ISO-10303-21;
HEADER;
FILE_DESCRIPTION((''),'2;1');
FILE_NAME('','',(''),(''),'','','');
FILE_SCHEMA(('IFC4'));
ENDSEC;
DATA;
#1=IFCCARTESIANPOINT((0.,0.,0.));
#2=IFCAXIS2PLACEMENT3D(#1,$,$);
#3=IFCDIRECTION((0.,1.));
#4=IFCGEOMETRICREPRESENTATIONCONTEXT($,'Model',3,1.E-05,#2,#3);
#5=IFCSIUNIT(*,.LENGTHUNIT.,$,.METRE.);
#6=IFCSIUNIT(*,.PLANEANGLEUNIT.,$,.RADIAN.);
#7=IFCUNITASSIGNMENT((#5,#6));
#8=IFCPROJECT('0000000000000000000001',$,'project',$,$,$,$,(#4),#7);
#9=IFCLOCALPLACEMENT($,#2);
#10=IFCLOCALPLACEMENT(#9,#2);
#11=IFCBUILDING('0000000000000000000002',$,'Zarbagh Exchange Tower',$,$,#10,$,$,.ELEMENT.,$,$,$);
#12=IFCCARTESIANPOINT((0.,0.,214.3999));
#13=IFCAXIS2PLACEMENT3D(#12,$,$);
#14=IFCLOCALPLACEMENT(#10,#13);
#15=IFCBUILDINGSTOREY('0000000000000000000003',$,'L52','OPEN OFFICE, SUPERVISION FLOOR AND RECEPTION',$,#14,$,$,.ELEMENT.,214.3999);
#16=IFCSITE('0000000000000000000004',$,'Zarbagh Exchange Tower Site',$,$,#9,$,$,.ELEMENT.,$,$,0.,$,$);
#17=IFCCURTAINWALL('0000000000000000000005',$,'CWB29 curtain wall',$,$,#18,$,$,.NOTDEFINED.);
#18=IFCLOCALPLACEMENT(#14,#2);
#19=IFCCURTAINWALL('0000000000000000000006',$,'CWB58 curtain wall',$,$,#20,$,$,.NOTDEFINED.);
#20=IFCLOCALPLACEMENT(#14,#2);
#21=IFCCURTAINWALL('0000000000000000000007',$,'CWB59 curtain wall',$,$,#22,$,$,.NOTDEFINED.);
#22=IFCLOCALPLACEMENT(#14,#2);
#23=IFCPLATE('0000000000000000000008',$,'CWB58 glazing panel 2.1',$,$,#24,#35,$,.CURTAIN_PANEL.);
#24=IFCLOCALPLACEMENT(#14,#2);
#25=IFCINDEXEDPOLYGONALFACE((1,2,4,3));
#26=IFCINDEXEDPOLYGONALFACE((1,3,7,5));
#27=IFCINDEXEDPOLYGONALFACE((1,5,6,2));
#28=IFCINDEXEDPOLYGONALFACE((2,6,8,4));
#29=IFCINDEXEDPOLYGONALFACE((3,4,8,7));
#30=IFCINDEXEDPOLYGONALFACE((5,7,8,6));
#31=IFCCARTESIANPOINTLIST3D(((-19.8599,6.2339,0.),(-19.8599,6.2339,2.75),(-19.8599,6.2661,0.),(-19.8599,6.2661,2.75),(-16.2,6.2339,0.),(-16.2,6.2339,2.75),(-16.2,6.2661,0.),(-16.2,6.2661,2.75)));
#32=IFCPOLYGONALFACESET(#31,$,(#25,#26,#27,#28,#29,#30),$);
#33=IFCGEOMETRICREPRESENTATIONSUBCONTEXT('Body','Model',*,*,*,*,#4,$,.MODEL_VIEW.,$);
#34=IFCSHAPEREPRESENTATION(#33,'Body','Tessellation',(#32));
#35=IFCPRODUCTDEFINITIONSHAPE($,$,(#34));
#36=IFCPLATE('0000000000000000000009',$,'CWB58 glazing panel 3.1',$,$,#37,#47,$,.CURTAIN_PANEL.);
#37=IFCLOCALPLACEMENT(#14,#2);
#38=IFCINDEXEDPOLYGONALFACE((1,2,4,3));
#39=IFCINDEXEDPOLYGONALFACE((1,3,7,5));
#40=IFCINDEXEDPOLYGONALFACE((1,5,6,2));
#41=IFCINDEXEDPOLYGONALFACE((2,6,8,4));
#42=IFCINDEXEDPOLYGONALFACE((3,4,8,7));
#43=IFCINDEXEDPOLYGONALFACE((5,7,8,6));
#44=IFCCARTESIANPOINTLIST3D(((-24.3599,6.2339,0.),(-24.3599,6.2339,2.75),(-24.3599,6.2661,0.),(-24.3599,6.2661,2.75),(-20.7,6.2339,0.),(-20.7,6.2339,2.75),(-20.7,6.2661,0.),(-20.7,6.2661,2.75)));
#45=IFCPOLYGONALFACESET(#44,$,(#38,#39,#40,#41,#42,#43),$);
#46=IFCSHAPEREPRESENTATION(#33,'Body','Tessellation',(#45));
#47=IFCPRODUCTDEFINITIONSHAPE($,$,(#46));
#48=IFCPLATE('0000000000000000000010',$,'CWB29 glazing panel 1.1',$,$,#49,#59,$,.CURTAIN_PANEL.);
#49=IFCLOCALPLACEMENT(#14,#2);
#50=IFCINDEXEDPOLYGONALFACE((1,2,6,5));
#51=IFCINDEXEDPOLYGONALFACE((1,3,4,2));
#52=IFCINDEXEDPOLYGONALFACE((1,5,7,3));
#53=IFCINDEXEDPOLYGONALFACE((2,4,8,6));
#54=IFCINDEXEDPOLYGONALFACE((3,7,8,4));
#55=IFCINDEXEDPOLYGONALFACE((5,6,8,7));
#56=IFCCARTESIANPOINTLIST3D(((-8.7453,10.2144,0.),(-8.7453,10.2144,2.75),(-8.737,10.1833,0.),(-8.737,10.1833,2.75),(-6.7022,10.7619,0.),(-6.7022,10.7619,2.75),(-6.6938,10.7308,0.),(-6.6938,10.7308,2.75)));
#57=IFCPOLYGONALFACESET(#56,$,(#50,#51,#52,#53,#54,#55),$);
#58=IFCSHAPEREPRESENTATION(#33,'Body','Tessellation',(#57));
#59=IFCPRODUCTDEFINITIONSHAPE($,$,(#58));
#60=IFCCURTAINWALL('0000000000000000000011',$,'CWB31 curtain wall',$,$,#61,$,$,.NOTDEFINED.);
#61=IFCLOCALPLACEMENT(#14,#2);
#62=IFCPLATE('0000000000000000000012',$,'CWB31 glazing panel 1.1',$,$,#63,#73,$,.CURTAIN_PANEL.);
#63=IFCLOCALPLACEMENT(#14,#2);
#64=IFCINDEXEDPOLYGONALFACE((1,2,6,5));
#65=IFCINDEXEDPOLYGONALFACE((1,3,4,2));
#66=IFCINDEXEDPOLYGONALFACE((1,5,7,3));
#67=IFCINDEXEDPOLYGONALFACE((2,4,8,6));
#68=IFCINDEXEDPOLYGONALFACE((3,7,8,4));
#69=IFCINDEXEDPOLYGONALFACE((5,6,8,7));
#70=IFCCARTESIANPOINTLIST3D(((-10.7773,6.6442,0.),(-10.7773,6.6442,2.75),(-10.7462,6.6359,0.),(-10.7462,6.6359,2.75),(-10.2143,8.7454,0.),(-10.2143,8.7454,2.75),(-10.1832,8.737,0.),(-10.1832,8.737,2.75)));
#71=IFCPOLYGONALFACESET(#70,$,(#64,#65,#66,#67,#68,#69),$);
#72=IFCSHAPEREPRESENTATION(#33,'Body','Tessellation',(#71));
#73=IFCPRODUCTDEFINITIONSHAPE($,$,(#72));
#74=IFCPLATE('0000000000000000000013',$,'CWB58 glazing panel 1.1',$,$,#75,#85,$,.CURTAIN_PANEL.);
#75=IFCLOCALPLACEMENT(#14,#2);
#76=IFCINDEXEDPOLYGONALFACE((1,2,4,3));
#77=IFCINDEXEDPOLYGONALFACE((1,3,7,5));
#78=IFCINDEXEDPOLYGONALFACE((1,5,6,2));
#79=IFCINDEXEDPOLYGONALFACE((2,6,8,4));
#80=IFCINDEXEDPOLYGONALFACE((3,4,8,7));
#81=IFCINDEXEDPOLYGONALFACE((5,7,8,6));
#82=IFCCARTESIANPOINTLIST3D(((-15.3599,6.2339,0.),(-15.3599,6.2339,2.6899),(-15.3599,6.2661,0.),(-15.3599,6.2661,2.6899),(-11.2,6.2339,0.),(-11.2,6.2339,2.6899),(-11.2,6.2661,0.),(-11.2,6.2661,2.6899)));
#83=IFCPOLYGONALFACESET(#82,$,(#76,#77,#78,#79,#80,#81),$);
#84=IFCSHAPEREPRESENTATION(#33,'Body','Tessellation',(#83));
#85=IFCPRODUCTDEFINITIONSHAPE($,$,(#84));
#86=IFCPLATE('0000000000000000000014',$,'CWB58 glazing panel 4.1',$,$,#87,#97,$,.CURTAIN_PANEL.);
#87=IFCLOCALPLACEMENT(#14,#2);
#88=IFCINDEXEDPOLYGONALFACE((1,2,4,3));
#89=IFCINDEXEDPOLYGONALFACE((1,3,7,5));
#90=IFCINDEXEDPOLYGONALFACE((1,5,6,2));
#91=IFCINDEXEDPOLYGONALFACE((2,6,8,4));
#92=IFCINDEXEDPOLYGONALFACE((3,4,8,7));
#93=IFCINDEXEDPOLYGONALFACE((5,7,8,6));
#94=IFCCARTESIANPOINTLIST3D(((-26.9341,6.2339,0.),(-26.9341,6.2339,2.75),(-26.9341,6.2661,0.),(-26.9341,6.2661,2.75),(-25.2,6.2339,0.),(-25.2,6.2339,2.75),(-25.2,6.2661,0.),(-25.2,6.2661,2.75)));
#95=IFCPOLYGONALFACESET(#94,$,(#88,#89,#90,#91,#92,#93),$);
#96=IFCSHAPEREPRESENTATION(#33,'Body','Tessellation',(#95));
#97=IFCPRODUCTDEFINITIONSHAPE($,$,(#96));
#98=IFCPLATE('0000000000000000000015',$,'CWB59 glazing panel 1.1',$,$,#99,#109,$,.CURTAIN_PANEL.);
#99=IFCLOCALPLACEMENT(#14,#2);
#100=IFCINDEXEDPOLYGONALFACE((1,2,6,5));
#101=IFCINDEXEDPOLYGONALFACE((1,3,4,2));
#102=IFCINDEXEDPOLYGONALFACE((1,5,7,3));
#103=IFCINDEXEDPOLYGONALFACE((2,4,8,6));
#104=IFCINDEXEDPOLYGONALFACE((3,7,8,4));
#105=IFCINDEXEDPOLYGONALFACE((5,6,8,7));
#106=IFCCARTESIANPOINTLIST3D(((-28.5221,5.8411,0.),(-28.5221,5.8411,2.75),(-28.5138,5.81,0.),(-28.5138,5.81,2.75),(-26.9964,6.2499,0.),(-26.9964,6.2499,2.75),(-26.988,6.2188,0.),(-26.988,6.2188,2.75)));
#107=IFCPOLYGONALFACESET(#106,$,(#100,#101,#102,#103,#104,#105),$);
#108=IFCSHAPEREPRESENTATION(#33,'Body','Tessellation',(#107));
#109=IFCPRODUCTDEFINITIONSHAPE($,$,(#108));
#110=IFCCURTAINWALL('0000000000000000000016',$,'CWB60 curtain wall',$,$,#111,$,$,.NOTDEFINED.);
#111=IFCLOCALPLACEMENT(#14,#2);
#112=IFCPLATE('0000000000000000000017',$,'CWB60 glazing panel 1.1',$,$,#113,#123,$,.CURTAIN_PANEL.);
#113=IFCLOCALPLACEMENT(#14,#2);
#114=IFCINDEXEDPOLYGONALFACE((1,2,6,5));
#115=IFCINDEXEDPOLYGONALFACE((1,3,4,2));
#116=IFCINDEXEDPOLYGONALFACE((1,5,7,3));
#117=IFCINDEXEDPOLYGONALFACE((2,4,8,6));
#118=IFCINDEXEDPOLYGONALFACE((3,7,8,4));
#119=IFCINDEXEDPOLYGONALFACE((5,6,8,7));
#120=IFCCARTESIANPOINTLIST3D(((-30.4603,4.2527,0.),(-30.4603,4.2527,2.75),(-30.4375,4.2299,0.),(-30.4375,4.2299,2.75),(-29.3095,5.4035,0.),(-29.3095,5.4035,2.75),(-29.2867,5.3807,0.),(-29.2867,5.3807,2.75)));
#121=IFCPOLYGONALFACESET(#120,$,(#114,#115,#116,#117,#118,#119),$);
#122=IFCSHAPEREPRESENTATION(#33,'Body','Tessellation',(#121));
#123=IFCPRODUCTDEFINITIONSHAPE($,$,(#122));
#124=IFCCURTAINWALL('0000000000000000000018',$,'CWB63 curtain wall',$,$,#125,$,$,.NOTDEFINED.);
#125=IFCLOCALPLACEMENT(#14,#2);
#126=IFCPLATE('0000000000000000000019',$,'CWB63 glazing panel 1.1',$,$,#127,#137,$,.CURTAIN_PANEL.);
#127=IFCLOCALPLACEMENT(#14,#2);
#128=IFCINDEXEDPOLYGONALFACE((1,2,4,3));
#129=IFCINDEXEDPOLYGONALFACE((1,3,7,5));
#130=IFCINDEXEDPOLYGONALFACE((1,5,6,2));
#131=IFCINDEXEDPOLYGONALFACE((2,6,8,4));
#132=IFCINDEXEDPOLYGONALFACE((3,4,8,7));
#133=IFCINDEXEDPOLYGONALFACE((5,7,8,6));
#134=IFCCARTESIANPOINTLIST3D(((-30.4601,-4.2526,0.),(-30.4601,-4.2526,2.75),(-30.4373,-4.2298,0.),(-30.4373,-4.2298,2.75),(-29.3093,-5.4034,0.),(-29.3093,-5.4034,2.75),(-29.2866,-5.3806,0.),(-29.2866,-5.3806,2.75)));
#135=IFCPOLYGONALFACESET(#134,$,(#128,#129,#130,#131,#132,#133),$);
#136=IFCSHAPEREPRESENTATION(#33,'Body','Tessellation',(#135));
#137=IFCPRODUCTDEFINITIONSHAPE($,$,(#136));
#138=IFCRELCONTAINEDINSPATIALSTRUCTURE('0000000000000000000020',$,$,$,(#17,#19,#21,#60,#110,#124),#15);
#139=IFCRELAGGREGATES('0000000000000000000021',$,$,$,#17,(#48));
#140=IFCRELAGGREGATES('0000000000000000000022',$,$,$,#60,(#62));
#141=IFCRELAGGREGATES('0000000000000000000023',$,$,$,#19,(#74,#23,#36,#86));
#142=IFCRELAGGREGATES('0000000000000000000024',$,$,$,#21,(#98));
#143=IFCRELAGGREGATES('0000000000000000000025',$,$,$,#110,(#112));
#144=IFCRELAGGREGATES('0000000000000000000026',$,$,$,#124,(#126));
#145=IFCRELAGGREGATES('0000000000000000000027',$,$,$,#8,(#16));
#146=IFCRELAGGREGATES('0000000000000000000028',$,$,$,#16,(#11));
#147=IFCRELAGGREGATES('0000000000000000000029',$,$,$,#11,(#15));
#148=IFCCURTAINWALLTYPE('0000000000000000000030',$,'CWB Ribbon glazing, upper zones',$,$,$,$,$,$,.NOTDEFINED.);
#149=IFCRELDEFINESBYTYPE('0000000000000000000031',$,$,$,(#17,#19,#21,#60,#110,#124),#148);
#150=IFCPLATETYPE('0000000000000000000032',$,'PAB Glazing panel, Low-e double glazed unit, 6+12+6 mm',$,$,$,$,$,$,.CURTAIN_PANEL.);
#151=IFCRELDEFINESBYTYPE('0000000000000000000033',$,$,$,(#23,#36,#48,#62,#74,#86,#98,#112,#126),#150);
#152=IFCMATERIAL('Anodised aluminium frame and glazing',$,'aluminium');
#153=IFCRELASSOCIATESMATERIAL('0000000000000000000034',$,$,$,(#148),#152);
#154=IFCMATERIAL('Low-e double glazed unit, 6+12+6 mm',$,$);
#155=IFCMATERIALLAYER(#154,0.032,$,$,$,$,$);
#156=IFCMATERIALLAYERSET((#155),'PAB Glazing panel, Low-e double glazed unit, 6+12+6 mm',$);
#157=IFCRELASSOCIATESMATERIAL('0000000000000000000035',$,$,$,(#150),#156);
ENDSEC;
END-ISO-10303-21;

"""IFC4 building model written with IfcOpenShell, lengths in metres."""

from ifc_helpers import new_model, si_unit, direction, frame, origin, place, context, subcontext, project, spatial, polyline, outline, extrude, source, transform, mapped, material, layer, layer_set, type_object, element, aggregate, save


model = new_model("IFC4")

# Units and contexts
model_context = context("Model", 3, precision=1e-05, world=origin(), true_north=direction((0.0, 1.0)))
body_context = subcontext(model_context, "Body", "Model", "MODEL_VIEW")
ifc_project = project(units=[si_unit("LENGTHUNIT", "METRE"), si_unit("PLANEANGLEUNIT", "RADIAN")], contexts=[model_context])

# Site, building, storey
site_placement = place(None, origin())
site = spatial("IfcSite", under=ifc_project, at=site_placement, Name="Zarbagh Exchange Tower Site", CompositionType="ELEMENT", RefElevation=0.0)
building_placement = place(site_placement, origin())
building = spatial("IfcBuilding", under=site, at=building_placement, Name="Zarbagh Exchange Tower", CompositionType="ELEMENT")
storey_placement = place(building_placement, frame((0.0, 0.0, 214.3999)))
storey = spatial("IfcBuildingStorey", under=building, at=storey_placement, Name="L52", Description="OPEN OFFICE, SUPERVISION FLOOR AND RECEPTION", CompositionType="ELEMENT", Elevation=214.3999)

# Curtain wall
ifc_material_1 = material(Name="Anodised aluminium frame and glazing", Category="aluminium")
curtain_wall_type = type_object("IfcCurtainWallType", Name="CWB Ribbon glazing, upper zones", PredefinedType="NOTDEFINED", material=ifc_material_1)
curtain_wall_1_placement = place(storey_placement, origin())
curtain_wall_1 = element("IfcCurtainWall", 1, at=curtain_wall_1_placement, inside=storey, type_object=curtain_wall_type, Name="CWB29 curtain wall", PredefinedType="NOTDEFINED")
placement = place(storey_placement, origin())

# Curtain wall
curtain_wall_2_placement = place(storey_placement, origin())
curtain_wall_2 = element("IfcCurtainWall", 2, at=curtain_wall_2_placement, inside=storey, type_object=curtain_wall_type, Name="CWB58 curtain wall", PredefinedType="NOTDEFINED")

# Curtain wall
curtain_wall_3_placement = place(storey_placement, origin())
curtain_wall_3 = element("IfcCurtainWall", 3, at=curtain_wall_3_placement, inside=storey, type_object=curtain_wall_type, Name="CWB59 curtain wall", PredefinedType="NOTDEFINED")

# Shared definitions
ifc_material_2 = material(Name="Low-e double glazed unit, 6+12+6 mm")
ifc_layer = layer(ifc_material_2, 0.032)
ifc_layer_set = layer_set([ifc_layer], Name="PAB Glazing panel, Low-e double glazed unit, 6+12+6 mm")
plate_type = type_object("IfcPlateType", Name="PAB Glazing panel, Low-e double glazed unit, 6+12+6 mm", PredefinedType="CURTAIN_PANEL", material=ifc_layer_set)

# Plates
shared_shape_1 = source(origin(), body_context, "Body", "SweptSolid", [
    extrude(outline(polyline([(0.0, -0.0161), (3.6599, -0.0161), (3.6599, 0.0161), (0.0, 0.0161), (0.0, -0.0161)])), origin(), (0.0, 0.0, 1.0), 2.75),
])
plate_1 = element("IfcPlate", 4, at=placement, type_object=plate_type, Name="CWB58 glazing panel 2.1", PredefinedType="CURTAIN_PANEL", context=body_context, shape_type="MappedRepresentation", body=[
    mapped(shared_shape_1, transform((-16.2, 6.25, 0.0), x_axis=(-1.0, 0.0, 0.0), y_axis=(0.0, -1.0, 0.0), z_axis=(0.0, 0.0, 1.0))),
])
plate_2 = element("IfcPlate", 5, at=placement, type_object=plate_type, Name="CWB58 glazing panel 3.1", PredefinedType="CURTAIN_PANEL", context=body_context, shape_type="MappedRepresentation", body=[
    mapped(shared_shape_1, transform((-20.7, 6.25, 0.0), x_axis=(-1.0, 0.0, 0.0), y_axis=(0.0, -1.0, 0.0), z_axis=(0.0, 0.0, 1.0))),
])
shared_shape_2 = source(origin(), body_context, "Body", "SweptSolid", [
    extrude(outline(polyline([(0.0, -0.0161), (2.1152, -0.0161), (2.1152, 0.0161), (0.0, 0.0161), (0.0, -0.0161)])), origin(), (0.0, 0.0, 1.0), 2.75),
])
plate_3 = element("IfcPlate", 6, at=placement, type_object=plate_type, Name="CWB29 glazing panel 1.1", PredefinedType="CURTAIN_PANEL", context=body_context, shape_type="MappedRepresentation", body=[
    mapped(shared_shape_2, transform((-6.698, 10.7463, 0.0), x_axis=(-0.965924, -0.258825, 0.0), y_axis=(0.258825, -0.965924, 0.0), z_axis=(0.0, 0.0, 1.0))),
])
aggregate(curtain_wall_1, [plate_3])

# Curtain wall, plate
curtain_wall_4_placement = place(storey_placement, origin())
curtain_wall_4 = element("IfcCurtainWall", 7, at=curtain_wall_4_placement, inside=storey, type_object=curtain_wall_type, Name="CWB31 curtain wall", PredefinedType="NOTDEFINED")
shared_shape_3 = source(origin(), body_context, "Body", "SweptSolid", [
    extrude(outline(polyline([(0.0, -0.0161), (2.1753, -0.0161), (2.1753, 0.0161), (0.0, 0.0161), (0.0, -0.0161)])), origin(), (0.0, 0.0, 1.0), 2.75),
])
plate_4 = element("IfcPlate", 8, at=placement, type_object=plate_type, Name="CWB31 glazing panel 1.1", PredefinedType="CURTAIN_PANEL", context=body_context, shape_type="MappedRepresentation", body=[
    mapped(shared_shape_3, transform((-10.1987, 8.7412, 0.0), x_axis=(-0.258825, -0.965924, 0.0), y_axis=(0.965924, -0.258825, 0.0), z_axis=(0.0, 0.0, 1.0))),
])
aggregate(curtain_wall_4, [plate_4])

# Plates
shared_shape_4 = source(origin(), body_context, "Body", "SweptSolid", [
    extrude(outline(polyline([(0.0, -0.0161), (4.1599, -0.0161), (4.1599, 0.0161), (0.0, 0.0161), (0.0, -0.0161)])), origin(), (0.0, 0.0, 1.0), 2.6899),
])
plate_5 = element("IfcPlate", 9, at=placement, type_object=plate_type, Name="CWB58 glazing panel 1.1", PredefinedType="CURTAIN_PANEL", context=body_context, shape_type="MappedRepresentation", body=[
    mapped(shared_shape_4, transform((-11.2, 6.25, 0.0), x_axis=(-1.0, 0.0, 0.0), y_axis=(0.0, -1.0, 0.0), z_axis=(0.0, 0.0, 1.0))),
])
shared_shape_5 = source(origin(), body_context, "Body", "SweptSolid", [
    extrude(outline(polyline([(0.0, -0.0161), (1.7341, -0.0161), (1.7341, 0.0161), (0.0, 0.0161), (0.0, -0.0161)])), origin(), (0.0, 0.0, 1.0), 2.75),
])
plate_6 = element("IfcPlate", 10, at=placement, type_object=plate_type, Name="CWB58 glazing panel 4.1", PredefinedType="CURTAIN_PANEL", context=body_context, shape_type="MappedRepresentation", body=[
    mapped(shared_shape_5, transform((-25.2, 6.25, 0.0), x_axis=(-1.0, 0.0, 0.0), y_axis=(0.0, -1.0, 0.0), z_axis=(0.0, 0.0, 1.0))),
])
aggregate(curtain_wall_2, [plate_5, plate_1, plate_2, plate_6])
shared_shape_6 = source(origin(), body_context, "Body", "SweptSolid", [
    extrude(outline(polyline([(0.0, -0.0161), (1.5796, -0.0161), (1.5796, 0.0161), (0.0, 0.0161), (0.0, -0.0161)])), origin(), (0.0, 0.0, 1.0), 2.75),
])
plate_7 = element("IfcPlate", 11, at=placement, type_object=plate_type, Name="CWB59 glazing panel 1.1", PredefinedType="CURTAIN_PANEL", context=body_context, shape_type="MappedRepresentation", body=[
    mapped(shared_shape_6, transform((-26.9922, 6.2344, 0.0), x_axis=(-0.965924, -0.258825, 0.0), y_axis=(0.258825, -0.965924, 0.0), z_axis=(0.0, 0.0, 1.0))),
])
aggregate(curtain_wall_3, [plate_7])

# Curtain walls, plates
curtain_wall_5_placement = place(storey_placement, origin())
curtain_wall_5 = element("IfcCurtainWall", 12, at=curtain_wall_5_placement, inside=storey, type_object=curtain_wall_type, Name="CWB60 curtain wall", PredefinedType="NOTDEFINED")
shared_shape_7 = source(origin(), body_context, "Body", "SweptSolid", [
    extrude(outline(polyline([(0.0, -0.0161), (1.6274, -0.0161), (1.6274, 0.0161), (0.0, 0.0161), (0.0, -0.0161)])), origin(), (0.0, 0.0, 1.0), 2.75),
])
plate_8 = element("IfcPlate", 13, at=placement, type_object=plate_type, Name="CWB60 glazing panel 1.1", PredefinedType="CURTAIN_PANEL", context=body_context, shape_type="MappedRepresentation", body=[
    mapped(shared_shape_7, transform((-29.2981, 5.3921, 0.0), x_axis=(-0.707107, -0.707107, 0.0), y_axis=(0.707107, -0.707107, 0.0), z_axis=(0.0, 0.0, 1.0))),
])
aggregate(curtain_wall_5, [plate_8])
curtain_wall_6_placement = place(storey_placement, origin())
curtain_wall_6 = element("IfcCurtainWall", 14, at=curtain_wall_6_placement, inside=storey, type_object=curtain_wall_type, Name="CWB63 curtain wall", PredefinedType="NOTDEFINED")
plate_9 = element("IfcPlate", 15, at=placement, type_object=plate_type, Name="CWB63 glazing panel 1.1", PredefinedType="CURTAIN_PANEL", context=body_context, shape_type="MappedRepresentation", body=[
    mapped(shared_shape_7, transform((-30.4487, -4.2412, 0.0), x_axis=(0.707107, -0.707107, 0.0), y_axis=(0.707107, 0.707107, 0.0), z_axis=(0.0, 0.0, 1.0))),
])
aggregate(curtain_wall_6, [plate_9])

save(model, "model.ifc")
